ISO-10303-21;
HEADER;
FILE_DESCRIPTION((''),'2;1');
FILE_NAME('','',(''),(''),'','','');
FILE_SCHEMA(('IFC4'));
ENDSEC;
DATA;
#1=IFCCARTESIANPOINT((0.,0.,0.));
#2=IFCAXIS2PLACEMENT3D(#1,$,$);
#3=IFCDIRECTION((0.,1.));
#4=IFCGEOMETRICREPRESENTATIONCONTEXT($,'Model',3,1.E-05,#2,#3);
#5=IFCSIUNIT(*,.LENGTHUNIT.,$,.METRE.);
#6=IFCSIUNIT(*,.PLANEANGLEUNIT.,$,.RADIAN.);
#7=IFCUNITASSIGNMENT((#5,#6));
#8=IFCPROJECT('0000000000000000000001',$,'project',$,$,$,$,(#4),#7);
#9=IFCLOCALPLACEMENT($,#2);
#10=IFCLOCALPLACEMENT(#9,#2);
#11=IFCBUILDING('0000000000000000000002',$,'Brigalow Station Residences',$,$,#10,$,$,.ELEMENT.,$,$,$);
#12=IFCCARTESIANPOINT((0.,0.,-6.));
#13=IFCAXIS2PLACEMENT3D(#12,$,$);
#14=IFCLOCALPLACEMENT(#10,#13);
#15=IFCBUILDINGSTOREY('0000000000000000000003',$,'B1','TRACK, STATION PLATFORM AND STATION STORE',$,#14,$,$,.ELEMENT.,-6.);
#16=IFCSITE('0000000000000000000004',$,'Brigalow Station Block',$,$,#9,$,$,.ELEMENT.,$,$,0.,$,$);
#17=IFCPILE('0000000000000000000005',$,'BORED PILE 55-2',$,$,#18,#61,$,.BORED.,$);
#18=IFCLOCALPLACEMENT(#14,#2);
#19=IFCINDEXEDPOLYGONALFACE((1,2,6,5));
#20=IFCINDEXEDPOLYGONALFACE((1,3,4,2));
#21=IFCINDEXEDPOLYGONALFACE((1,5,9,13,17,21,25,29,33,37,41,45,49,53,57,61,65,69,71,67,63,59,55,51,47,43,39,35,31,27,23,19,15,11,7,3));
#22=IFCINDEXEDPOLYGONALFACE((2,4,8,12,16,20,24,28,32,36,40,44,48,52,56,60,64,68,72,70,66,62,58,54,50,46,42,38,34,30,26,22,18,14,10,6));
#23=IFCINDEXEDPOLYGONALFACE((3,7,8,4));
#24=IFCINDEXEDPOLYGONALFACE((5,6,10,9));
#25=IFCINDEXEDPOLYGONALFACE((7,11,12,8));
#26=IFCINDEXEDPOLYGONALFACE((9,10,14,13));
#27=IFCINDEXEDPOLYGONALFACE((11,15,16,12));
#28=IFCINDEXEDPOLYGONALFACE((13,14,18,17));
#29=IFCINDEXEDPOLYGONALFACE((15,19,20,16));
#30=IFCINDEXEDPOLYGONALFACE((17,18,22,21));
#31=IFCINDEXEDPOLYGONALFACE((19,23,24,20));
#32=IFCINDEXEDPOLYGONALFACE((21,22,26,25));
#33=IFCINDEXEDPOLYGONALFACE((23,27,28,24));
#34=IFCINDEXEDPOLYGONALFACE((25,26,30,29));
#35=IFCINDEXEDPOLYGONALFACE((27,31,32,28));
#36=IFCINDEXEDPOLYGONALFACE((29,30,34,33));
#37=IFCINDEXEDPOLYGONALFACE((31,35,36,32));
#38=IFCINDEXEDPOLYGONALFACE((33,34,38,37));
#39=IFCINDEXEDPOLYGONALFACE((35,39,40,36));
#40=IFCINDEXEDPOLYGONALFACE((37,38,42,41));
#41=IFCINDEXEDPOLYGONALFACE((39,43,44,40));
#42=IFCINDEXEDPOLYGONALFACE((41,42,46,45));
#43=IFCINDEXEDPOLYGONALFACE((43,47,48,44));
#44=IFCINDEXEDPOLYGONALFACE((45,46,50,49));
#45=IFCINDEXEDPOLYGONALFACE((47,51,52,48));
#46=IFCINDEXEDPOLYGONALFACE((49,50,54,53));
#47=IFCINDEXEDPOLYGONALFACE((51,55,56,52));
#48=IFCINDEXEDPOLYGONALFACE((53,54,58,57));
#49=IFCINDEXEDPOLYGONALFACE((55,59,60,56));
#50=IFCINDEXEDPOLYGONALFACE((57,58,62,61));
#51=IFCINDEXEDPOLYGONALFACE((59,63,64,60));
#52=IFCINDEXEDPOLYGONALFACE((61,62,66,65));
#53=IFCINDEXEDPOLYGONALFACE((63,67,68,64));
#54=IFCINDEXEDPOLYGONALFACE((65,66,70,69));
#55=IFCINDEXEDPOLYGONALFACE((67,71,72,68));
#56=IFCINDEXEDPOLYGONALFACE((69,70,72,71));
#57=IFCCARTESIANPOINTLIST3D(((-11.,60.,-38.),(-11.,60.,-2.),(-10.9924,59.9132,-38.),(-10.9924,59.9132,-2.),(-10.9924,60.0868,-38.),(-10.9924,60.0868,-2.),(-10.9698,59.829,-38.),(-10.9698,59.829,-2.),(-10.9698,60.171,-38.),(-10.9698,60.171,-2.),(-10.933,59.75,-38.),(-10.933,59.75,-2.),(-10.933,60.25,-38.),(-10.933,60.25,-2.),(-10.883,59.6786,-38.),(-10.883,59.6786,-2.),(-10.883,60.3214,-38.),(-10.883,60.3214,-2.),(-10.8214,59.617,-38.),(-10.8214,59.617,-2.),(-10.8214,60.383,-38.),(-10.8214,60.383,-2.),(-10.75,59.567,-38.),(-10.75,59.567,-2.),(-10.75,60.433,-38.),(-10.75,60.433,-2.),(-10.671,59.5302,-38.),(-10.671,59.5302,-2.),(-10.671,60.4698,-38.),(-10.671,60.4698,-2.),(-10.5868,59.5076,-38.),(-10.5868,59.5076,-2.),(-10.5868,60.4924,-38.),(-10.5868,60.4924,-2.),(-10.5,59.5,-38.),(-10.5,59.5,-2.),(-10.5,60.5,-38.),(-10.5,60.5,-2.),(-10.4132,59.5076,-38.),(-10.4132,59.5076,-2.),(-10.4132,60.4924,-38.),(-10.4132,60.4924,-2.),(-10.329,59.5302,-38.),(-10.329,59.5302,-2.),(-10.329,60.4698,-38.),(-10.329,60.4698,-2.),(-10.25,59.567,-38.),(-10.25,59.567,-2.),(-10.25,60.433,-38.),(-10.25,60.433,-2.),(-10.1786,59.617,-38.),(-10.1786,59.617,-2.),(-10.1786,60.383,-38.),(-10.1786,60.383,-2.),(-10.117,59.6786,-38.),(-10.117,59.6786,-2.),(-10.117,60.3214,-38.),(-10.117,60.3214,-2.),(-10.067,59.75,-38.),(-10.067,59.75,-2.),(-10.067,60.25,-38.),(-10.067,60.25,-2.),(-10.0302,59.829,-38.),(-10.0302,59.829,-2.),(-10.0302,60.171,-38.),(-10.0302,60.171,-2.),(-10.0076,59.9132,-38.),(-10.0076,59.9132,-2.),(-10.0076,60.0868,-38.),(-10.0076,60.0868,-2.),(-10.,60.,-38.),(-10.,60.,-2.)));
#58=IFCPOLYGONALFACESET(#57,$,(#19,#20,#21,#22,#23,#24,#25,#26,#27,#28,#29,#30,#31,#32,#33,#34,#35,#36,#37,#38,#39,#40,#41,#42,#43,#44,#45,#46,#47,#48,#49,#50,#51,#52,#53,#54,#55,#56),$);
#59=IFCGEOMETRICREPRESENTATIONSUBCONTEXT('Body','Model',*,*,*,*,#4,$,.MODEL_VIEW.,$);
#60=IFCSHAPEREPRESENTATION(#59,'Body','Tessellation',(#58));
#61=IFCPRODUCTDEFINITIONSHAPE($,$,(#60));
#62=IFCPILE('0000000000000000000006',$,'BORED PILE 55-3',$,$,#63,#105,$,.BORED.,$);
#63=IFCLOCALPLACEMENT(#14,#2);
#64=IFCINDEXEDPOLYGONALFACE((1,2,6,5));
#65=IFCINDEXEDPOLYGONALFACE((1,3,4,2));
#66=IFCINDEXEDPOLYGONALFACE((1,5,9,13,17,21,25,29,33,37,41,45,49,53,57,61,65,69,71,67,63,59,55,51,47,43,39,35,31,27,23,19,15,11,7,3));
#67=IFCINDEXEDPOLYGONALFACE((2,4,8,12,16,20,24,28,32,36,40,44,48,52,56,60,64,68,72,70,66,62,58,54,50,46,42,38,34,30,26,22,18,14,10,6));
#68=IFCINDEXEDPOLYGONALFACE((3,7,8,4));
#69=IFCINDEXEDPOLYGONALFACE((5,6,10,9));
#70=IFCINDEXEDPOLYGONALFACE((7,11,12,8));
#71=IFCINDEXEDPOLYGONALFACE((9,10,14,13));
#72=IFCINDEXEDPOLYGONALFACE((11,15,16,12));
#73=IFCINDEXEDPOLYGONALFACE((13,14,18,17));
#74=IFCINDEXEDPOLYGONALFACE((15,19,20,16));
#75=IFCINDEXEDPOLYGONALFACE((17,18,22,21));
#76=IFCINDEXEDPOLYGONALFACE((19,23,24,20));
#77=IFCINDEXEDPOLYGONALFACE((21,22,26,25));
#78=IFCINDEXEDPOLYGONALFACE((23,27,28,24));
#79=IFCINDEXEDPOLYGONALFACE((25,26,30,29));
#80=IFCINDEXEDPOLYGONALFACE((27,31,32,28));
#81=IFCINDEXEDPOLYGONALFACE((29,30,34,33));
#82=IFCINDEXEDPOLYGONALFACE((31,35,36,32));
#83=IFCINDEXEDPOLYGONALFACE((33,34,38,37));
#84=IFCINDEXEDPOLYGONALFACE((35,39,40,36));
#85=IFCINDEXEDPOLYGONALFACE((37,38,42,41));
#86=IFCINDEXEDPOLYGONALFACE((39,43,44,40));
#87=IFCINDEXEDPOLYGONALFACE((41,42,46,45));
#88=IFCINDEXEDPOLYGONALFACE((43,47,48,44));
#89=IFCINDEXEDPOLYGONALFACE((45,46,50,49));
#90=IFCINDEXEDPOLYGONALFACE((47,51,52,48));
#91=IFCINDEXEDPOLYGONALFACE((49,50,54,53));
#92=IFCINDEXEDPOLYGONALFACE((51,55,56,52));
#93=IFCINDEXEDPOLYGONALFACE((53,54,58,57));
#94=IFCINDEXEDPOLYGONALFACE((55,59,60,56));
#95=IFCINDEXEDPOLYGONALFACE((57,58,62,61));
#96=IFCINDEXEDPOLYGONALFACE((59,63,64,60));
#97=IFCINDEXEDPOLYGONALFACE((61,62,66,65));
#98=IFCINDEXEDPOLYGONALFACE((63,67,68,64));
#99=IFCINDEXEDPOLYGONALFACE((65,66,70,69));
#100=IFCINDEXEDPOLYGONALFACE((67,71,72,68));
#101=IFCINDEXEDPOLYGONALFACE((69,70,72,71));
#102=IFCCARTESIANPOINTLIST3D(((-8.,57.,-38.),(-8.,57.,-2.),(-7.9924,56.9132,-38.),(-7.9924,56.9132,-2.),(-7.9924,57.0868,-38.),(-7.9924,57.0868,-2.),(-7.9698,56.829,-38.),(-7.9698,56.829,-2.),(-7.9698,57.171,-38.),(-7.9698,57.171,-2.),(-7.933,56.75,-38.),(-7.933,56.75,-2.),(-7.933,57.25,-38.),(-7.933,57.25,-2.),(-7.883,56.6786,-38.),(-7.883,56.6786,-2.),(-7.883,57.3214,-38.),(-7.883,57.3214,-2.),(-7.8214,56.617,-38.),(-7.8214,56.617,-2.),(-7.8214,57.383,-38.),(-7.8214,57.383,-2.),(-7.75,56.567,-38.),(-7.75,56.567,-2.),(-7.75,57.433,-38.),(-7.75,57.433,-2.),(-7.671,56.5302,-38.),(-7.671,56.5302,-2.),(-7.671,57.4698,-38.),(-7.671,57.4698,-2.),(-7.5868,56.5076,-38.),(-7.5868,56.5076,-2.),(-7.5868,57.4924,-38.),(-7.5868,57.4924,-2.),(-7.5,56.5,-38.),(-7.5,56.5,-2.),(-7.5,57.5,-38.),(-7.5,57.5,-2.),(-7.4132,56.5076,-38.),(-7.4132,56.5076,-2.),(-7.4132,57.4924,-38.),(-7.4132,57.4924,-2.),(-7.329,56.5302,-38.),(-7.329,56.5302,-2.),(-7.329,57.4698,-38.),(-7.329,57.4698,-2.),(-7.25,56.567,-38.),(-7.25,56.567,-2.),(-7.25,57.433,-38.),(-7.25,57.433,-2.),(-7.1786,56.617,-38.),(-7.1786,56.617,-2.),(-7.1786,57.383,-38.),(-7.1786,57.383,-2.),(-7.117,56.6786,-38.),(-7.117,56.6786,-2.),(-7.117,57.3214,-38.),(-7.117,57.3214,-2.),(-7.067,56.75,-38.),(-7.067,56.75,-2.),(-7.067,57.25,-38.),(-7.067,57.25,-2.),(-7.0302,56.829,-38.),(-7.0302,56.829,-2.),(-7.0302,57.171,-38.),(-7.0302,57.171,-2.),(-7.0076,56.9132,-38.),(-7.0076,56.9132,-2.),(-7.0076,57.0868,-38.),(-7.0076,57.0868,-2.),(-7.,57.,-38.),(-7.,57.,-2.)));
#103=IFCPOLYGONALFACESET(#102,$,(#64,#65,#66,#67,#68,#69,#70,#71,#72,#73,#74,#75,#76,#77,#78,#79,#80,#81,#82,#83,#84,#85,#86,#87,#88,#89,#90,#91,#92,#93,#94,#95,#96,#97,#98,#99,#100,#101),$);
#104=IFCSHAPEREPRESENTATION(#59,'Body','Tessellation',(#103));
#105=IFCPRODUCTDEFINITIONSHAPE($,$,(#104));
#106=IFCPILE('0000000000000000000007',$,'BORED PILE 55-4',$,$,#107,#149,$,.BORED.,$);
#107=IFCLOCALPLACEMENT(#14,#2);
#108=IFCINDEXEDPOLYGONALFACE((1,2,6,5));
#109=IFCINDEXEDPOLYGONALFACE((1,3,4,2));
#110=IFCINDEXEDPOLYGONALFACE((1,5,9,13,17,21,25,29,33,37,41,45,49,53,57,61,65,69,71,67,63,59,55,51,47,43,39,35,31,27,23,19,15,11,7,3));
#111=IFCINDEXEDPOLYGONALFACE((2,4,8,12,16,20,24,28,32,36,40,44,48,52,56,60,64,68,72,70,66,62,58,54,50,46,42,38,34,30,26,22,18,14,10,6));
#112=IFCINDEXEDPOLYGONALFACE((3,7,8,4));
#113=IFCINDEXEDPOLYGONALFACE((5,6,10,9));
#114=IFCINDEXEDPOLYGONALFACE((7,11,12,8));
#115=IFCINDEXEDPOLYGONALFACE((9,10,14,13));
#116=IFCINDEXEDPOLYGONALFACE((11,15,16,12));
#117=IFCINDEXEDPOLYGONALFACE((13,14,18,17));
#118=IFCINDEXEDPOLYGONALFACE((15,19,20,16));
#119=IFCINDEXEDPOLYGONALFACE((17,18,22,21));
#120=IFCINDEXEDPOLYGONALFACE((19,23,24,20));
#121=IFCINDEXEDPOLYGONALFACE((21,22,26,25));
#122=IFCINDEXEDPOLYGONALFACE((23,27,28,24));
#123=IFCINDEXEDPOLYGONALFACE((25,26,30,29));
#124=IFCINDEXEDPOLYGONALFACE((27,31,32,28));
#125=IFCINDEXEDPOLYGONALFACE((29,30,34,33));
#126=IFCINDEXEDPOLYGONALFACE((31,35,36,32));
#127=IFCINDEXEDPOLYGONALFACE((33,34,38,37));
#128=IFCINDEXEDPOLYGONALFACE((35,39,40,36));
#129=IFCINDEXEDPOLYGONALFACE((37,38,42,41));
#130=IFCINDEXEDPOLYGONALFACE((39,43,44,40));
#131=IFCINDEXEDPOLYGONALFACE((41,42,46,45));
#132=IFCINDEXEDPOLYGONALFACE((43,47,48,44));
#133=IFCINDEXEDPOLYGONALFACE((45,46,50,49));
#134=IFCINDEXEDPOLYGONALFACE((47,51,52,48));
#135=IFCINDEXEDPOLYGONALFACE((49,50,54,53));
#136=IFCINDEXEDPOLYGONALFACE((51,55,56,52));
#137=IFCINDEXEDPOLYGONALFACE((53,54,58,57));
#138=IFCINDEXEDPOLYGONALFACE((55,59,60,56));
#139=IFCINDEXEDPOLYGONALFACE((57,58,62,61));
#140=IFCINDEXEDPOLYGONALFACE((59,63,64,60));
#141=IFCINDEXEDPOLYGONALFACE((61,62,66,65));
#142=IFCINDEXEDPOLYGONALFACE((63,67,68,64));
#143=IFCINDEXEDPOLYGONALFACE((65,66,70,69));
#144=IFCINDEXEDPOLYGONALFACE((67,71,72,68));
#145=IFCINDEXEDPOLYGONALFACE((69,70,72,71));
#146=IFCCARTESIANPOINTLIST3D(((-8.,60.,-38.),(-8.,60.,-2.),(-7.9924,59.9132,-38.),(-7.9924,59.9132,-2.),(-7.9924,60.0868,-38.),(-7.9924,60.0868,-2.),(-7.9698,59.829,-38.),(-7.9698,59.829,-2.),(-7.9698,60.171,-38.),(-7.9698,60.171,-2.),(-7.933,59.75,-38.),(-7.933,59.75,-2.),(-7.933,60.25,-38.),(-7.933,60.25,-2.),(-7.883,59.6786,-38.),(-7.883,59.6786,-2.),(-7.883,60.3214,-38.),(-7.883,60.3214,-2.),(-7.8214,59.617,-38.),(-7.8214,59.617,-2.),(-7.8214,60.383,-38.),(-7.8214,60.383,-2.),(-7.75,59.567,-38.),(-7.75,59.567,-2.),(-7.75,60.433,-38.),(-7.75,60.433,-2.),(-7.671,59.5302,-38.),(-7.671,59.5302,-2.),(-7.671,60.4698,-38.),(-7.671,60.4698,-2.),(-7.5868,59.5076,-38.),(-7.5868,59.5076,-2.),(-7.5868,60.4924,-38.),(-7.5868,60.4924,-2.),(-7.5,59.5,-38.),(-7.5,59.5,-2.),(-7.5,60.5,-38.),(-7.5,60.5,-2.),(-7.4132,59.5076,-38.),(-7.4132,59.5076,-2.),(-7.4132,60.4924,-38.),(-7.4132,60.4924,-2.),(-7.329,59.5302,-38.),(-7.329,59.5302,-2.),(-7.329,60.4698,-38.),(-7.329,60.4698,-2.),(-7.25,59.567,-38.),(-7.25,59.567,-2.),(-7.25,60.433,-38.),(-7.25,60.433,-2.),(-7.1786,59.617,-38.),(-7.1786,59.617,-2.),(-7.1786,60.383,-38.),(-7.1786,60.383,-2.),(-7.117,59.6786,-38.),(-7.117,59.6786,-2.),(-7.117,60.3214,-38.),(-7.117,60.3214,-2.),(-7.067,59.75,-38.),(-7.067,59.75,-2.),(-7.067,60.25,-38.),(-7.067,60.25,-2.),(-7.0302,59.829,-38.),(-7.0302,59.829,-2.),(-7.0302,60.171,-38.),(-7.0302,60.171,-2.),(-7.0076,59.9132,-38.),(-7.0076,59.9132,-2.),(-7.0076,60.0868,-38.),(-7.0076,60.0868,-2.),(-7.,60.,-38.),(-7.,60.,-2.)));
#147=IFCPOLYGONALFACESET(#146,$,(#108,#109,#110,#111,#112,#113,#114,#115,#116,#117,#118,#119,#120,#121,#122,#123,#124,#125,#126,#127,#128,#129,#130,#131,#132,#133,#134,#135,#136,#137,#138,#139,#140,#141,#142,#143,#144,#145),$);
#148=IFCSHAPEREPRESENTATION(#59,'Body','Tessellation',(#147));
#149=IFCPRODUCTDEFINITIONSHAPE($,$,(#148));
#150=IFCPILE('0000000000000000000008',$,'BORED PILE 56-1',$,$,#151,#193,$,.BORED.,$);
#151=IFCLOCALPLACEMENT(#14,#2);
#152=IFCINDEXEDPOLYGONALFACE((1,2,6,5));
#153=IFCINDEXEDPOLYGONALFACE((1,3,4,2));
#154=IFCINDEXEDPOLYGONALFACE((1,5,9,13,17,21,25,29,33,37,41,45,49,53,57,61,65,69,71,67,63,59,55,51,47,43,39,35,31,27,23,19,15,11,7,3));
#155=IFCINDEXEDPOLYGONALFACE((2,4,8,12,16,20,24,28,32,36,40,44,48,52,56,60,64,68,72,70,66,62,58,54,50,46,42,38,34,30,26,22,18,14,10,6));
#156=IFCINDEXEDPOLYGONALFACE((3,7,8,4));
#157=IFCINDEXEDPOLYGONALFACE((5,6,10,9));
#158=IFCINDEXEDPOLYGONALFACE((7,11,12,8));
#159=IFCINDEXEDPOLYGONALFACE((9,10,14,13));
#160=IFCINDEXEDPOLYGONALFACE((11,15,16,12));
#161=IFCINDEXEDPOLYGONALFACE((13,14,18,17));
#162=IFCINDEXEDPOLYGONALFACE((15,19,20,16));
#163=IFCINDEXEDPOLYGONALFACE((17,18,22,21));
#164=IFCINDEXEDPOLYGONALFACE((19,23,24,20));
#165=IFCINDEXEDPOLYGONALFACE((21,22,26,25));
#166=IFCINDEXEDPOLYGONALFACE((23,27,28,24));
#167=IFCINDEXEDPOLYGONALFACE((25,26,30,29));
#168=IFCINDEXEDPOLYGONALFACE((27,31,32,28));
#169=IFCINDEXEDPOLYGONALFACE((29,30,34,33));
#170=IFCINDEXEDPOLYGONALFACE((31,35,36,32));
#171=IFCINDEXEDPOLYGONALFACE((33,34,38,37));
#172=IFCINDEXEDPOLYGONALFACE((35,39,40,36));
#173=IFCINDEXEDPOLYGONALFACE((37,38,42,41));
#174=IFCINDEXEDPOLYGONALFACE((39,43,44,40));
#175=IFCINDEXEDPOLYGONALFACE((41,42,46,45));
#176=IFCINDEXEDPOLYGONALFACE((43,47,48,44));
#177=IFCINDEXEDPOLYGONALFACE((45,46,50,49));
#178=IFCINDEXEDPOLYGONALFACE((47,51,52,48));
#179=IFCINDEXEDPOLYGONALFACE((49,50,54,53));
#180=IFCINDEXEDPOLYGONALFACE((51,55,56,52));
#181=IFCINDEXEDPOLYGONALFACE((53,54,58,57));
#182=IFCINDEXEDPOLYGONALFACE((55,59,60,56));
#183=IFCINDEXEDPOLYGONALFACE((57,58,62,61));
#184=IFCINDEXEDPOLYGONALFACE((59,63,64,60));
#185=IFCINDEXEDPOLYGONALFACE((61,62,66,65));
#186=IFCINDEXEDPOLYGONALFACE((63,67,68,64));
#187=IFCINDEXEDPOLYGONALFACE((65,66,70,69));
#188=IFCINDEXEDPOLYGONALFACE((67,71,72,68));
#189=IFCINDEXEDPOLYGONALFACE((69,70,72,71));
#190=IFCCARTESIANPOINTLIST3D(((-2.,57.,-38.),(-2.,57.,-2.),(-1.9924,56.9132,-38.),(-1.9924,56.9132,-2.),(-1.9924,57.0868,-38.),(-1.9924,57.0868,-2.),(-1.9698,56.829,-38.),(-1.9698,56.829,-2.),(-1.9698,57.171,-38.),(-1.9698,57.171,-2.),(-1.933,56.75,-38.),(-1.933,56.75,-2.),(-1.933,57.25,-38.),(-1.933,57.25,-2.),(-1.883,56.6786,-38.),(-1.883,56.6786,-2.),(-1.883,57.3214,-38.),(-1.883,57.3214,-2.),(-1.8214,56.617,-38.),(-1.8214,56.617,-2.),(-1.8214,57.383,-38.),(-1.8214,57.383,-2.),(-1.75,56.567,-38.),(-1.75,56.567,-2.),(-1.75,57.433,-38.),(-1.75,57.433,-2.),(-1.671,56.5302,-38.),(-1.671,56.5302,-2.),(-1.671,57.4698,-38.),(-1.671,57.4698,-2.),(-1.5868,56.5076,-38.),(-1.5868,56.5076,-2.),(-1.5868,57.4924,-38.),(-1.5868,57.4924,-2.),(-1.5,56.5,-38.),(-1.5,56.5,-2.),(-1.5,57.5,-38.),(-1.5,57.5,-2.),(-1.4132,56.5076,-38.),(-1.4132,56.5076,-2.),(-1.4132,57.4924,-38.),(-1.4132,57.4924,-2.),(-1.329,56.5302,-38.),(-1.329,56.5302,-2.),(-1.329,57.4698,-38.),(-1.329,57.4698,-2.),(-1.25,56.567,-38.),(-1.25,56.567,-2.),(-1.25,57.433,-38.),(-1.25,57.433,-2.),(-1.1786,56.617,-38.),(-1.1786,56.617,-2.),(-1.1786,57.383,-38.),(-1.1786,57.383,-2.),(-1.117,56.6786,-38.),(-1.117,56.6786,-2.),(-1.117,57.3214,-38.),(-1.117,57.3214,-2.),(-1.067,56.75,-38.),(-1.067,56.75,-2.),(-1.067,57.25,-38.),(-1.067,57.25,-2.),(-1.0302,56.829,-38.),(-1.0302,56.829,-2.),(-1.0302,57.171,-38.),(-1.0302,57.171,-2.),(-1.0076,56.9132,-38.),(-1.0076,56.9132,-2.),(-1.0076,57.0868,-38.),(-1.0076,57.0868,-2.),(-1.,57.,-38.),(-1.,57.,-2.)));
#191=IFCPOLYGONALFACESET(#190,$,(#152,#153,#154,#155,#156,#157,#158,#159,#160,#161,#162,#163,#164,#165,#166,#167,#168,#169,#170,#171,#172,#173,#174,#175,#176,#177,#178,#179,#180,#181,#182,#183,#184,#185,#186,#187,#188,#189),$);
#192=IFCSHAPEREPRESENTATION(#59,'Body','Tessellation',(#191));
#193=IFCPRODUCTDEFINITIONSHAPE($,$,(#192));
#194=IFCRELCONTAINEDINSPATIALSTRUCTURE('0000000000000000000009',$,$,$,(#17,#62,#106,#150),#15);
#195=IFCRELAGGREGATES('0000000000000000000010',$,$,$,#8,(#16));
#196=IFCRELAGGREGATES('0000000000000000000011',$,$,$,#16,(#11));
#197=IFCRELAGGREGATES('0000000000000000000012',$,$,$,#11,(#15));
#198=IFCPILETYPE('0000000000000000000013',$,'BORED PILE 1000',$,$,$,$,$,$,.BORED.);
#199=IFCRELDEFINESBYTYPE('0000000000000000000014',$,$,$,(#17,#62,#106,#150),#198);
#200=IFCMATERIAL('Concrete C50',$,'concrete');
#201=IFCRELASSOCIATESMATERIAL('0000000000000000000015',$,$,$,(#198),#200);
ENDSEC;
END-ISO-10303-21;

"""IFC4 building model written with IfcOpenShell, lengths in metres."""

from ifc_helpers import new_model, si_unit, direction, frame, origin, origin_2d, place, context, subcontext, project, spatial, circle, extrude, material, material_profile, profile_set, type_object, element, save


model = new_model("IFC4")

# Units and contexts
model_context = context("Model", 3, precision=1e-05, world=origin(), true_north=direction((0.0, 1.0)))
body_context = subcontext(model_context, "Body", "Model", "MODEL_VIEW")
ifc_project = project(units=[si_unit("LENGTHUNIT", "METRE"), si_unit("PLANEANGLEUNIT", "RADIAN")], contexts=[model_context])

# Site, building, storey
site_placement = place(None, origin())
site = spatial("IfcSite", under=ifc_project, at=site_placement, Name="Brigalow Station Block", CompositionType="ELEMENT", RefElevation=0.0)
building_placement = place(site_placement, origin())
building = spatial("IfcBuilding", under=site, at=building_placement, Name="Brigalow Station Residences", CompositionType="ELEMENT")
storey_placement = place(building_placement, frame((0.0, 0.0, -6.0)))
storey = spatial("IfcBuildingStorey", under=building, at=storey_placement, Name="B1", Description="TRACK, STATION PLATFORM AND STATION STORE", CompositionType="ELEMENT", Elevation=-6.0)

# Piles
ifc_material_1 = material(Name="Concrete C50", Category="concrete")
ifc_material_profile_1 = material_profile(ifc_material_1, circle(Radius=0.5, at=origin_2d()), Name="BP1000")
ifc_profile_set_1 = profile_set([ifc_material_profile_1], Name="Concrete C50")
pile_type_1 = type_object("IfcPileType", Name="BORED PILE 1000", PredefinedType="BORED", material=ifc_profile_set_1)
for number, where, z_axis, x_axis, name in (
    (1, (-10.5, 60.0, -2.0), (0.0, 0.0, -1.0), (1.0, 0.0, 0.0), "BORED PILE 55-2"),
    (2, (-7.5, 57.0, -2.0), (0.0, 0.0, -1.0), (1.0, 0.0, 0.0), "BORED PILE 55-3"),
    (3, (-7.5, 60.0, -2.0), (0.0, 0.0, -1.0), (1.0, 0.0, 0.0), "BORED PILE 55-4"),
    (4, (-1.5, 57.0, -2.0), (0.0, 0.0, -1.0), (1.0, 0.0, 0.0), "BORED PILE 56-1"),
):
    element("IfcPile", number, at=place(storey_placement, frame(where, z_axis=z_axis, x_axis=x_axis)), inside=storey, type_object=pile_type_1, Name=name, PredefinedType="BORED", context=body_context, shape_type="SweptSolid", body=[
        extrude(circle(Radius=0.5, at=origin_2d()), origin(), (0.0, 0.0, 1.0), 36.0),
    ])

save(model, "model.ifc")
